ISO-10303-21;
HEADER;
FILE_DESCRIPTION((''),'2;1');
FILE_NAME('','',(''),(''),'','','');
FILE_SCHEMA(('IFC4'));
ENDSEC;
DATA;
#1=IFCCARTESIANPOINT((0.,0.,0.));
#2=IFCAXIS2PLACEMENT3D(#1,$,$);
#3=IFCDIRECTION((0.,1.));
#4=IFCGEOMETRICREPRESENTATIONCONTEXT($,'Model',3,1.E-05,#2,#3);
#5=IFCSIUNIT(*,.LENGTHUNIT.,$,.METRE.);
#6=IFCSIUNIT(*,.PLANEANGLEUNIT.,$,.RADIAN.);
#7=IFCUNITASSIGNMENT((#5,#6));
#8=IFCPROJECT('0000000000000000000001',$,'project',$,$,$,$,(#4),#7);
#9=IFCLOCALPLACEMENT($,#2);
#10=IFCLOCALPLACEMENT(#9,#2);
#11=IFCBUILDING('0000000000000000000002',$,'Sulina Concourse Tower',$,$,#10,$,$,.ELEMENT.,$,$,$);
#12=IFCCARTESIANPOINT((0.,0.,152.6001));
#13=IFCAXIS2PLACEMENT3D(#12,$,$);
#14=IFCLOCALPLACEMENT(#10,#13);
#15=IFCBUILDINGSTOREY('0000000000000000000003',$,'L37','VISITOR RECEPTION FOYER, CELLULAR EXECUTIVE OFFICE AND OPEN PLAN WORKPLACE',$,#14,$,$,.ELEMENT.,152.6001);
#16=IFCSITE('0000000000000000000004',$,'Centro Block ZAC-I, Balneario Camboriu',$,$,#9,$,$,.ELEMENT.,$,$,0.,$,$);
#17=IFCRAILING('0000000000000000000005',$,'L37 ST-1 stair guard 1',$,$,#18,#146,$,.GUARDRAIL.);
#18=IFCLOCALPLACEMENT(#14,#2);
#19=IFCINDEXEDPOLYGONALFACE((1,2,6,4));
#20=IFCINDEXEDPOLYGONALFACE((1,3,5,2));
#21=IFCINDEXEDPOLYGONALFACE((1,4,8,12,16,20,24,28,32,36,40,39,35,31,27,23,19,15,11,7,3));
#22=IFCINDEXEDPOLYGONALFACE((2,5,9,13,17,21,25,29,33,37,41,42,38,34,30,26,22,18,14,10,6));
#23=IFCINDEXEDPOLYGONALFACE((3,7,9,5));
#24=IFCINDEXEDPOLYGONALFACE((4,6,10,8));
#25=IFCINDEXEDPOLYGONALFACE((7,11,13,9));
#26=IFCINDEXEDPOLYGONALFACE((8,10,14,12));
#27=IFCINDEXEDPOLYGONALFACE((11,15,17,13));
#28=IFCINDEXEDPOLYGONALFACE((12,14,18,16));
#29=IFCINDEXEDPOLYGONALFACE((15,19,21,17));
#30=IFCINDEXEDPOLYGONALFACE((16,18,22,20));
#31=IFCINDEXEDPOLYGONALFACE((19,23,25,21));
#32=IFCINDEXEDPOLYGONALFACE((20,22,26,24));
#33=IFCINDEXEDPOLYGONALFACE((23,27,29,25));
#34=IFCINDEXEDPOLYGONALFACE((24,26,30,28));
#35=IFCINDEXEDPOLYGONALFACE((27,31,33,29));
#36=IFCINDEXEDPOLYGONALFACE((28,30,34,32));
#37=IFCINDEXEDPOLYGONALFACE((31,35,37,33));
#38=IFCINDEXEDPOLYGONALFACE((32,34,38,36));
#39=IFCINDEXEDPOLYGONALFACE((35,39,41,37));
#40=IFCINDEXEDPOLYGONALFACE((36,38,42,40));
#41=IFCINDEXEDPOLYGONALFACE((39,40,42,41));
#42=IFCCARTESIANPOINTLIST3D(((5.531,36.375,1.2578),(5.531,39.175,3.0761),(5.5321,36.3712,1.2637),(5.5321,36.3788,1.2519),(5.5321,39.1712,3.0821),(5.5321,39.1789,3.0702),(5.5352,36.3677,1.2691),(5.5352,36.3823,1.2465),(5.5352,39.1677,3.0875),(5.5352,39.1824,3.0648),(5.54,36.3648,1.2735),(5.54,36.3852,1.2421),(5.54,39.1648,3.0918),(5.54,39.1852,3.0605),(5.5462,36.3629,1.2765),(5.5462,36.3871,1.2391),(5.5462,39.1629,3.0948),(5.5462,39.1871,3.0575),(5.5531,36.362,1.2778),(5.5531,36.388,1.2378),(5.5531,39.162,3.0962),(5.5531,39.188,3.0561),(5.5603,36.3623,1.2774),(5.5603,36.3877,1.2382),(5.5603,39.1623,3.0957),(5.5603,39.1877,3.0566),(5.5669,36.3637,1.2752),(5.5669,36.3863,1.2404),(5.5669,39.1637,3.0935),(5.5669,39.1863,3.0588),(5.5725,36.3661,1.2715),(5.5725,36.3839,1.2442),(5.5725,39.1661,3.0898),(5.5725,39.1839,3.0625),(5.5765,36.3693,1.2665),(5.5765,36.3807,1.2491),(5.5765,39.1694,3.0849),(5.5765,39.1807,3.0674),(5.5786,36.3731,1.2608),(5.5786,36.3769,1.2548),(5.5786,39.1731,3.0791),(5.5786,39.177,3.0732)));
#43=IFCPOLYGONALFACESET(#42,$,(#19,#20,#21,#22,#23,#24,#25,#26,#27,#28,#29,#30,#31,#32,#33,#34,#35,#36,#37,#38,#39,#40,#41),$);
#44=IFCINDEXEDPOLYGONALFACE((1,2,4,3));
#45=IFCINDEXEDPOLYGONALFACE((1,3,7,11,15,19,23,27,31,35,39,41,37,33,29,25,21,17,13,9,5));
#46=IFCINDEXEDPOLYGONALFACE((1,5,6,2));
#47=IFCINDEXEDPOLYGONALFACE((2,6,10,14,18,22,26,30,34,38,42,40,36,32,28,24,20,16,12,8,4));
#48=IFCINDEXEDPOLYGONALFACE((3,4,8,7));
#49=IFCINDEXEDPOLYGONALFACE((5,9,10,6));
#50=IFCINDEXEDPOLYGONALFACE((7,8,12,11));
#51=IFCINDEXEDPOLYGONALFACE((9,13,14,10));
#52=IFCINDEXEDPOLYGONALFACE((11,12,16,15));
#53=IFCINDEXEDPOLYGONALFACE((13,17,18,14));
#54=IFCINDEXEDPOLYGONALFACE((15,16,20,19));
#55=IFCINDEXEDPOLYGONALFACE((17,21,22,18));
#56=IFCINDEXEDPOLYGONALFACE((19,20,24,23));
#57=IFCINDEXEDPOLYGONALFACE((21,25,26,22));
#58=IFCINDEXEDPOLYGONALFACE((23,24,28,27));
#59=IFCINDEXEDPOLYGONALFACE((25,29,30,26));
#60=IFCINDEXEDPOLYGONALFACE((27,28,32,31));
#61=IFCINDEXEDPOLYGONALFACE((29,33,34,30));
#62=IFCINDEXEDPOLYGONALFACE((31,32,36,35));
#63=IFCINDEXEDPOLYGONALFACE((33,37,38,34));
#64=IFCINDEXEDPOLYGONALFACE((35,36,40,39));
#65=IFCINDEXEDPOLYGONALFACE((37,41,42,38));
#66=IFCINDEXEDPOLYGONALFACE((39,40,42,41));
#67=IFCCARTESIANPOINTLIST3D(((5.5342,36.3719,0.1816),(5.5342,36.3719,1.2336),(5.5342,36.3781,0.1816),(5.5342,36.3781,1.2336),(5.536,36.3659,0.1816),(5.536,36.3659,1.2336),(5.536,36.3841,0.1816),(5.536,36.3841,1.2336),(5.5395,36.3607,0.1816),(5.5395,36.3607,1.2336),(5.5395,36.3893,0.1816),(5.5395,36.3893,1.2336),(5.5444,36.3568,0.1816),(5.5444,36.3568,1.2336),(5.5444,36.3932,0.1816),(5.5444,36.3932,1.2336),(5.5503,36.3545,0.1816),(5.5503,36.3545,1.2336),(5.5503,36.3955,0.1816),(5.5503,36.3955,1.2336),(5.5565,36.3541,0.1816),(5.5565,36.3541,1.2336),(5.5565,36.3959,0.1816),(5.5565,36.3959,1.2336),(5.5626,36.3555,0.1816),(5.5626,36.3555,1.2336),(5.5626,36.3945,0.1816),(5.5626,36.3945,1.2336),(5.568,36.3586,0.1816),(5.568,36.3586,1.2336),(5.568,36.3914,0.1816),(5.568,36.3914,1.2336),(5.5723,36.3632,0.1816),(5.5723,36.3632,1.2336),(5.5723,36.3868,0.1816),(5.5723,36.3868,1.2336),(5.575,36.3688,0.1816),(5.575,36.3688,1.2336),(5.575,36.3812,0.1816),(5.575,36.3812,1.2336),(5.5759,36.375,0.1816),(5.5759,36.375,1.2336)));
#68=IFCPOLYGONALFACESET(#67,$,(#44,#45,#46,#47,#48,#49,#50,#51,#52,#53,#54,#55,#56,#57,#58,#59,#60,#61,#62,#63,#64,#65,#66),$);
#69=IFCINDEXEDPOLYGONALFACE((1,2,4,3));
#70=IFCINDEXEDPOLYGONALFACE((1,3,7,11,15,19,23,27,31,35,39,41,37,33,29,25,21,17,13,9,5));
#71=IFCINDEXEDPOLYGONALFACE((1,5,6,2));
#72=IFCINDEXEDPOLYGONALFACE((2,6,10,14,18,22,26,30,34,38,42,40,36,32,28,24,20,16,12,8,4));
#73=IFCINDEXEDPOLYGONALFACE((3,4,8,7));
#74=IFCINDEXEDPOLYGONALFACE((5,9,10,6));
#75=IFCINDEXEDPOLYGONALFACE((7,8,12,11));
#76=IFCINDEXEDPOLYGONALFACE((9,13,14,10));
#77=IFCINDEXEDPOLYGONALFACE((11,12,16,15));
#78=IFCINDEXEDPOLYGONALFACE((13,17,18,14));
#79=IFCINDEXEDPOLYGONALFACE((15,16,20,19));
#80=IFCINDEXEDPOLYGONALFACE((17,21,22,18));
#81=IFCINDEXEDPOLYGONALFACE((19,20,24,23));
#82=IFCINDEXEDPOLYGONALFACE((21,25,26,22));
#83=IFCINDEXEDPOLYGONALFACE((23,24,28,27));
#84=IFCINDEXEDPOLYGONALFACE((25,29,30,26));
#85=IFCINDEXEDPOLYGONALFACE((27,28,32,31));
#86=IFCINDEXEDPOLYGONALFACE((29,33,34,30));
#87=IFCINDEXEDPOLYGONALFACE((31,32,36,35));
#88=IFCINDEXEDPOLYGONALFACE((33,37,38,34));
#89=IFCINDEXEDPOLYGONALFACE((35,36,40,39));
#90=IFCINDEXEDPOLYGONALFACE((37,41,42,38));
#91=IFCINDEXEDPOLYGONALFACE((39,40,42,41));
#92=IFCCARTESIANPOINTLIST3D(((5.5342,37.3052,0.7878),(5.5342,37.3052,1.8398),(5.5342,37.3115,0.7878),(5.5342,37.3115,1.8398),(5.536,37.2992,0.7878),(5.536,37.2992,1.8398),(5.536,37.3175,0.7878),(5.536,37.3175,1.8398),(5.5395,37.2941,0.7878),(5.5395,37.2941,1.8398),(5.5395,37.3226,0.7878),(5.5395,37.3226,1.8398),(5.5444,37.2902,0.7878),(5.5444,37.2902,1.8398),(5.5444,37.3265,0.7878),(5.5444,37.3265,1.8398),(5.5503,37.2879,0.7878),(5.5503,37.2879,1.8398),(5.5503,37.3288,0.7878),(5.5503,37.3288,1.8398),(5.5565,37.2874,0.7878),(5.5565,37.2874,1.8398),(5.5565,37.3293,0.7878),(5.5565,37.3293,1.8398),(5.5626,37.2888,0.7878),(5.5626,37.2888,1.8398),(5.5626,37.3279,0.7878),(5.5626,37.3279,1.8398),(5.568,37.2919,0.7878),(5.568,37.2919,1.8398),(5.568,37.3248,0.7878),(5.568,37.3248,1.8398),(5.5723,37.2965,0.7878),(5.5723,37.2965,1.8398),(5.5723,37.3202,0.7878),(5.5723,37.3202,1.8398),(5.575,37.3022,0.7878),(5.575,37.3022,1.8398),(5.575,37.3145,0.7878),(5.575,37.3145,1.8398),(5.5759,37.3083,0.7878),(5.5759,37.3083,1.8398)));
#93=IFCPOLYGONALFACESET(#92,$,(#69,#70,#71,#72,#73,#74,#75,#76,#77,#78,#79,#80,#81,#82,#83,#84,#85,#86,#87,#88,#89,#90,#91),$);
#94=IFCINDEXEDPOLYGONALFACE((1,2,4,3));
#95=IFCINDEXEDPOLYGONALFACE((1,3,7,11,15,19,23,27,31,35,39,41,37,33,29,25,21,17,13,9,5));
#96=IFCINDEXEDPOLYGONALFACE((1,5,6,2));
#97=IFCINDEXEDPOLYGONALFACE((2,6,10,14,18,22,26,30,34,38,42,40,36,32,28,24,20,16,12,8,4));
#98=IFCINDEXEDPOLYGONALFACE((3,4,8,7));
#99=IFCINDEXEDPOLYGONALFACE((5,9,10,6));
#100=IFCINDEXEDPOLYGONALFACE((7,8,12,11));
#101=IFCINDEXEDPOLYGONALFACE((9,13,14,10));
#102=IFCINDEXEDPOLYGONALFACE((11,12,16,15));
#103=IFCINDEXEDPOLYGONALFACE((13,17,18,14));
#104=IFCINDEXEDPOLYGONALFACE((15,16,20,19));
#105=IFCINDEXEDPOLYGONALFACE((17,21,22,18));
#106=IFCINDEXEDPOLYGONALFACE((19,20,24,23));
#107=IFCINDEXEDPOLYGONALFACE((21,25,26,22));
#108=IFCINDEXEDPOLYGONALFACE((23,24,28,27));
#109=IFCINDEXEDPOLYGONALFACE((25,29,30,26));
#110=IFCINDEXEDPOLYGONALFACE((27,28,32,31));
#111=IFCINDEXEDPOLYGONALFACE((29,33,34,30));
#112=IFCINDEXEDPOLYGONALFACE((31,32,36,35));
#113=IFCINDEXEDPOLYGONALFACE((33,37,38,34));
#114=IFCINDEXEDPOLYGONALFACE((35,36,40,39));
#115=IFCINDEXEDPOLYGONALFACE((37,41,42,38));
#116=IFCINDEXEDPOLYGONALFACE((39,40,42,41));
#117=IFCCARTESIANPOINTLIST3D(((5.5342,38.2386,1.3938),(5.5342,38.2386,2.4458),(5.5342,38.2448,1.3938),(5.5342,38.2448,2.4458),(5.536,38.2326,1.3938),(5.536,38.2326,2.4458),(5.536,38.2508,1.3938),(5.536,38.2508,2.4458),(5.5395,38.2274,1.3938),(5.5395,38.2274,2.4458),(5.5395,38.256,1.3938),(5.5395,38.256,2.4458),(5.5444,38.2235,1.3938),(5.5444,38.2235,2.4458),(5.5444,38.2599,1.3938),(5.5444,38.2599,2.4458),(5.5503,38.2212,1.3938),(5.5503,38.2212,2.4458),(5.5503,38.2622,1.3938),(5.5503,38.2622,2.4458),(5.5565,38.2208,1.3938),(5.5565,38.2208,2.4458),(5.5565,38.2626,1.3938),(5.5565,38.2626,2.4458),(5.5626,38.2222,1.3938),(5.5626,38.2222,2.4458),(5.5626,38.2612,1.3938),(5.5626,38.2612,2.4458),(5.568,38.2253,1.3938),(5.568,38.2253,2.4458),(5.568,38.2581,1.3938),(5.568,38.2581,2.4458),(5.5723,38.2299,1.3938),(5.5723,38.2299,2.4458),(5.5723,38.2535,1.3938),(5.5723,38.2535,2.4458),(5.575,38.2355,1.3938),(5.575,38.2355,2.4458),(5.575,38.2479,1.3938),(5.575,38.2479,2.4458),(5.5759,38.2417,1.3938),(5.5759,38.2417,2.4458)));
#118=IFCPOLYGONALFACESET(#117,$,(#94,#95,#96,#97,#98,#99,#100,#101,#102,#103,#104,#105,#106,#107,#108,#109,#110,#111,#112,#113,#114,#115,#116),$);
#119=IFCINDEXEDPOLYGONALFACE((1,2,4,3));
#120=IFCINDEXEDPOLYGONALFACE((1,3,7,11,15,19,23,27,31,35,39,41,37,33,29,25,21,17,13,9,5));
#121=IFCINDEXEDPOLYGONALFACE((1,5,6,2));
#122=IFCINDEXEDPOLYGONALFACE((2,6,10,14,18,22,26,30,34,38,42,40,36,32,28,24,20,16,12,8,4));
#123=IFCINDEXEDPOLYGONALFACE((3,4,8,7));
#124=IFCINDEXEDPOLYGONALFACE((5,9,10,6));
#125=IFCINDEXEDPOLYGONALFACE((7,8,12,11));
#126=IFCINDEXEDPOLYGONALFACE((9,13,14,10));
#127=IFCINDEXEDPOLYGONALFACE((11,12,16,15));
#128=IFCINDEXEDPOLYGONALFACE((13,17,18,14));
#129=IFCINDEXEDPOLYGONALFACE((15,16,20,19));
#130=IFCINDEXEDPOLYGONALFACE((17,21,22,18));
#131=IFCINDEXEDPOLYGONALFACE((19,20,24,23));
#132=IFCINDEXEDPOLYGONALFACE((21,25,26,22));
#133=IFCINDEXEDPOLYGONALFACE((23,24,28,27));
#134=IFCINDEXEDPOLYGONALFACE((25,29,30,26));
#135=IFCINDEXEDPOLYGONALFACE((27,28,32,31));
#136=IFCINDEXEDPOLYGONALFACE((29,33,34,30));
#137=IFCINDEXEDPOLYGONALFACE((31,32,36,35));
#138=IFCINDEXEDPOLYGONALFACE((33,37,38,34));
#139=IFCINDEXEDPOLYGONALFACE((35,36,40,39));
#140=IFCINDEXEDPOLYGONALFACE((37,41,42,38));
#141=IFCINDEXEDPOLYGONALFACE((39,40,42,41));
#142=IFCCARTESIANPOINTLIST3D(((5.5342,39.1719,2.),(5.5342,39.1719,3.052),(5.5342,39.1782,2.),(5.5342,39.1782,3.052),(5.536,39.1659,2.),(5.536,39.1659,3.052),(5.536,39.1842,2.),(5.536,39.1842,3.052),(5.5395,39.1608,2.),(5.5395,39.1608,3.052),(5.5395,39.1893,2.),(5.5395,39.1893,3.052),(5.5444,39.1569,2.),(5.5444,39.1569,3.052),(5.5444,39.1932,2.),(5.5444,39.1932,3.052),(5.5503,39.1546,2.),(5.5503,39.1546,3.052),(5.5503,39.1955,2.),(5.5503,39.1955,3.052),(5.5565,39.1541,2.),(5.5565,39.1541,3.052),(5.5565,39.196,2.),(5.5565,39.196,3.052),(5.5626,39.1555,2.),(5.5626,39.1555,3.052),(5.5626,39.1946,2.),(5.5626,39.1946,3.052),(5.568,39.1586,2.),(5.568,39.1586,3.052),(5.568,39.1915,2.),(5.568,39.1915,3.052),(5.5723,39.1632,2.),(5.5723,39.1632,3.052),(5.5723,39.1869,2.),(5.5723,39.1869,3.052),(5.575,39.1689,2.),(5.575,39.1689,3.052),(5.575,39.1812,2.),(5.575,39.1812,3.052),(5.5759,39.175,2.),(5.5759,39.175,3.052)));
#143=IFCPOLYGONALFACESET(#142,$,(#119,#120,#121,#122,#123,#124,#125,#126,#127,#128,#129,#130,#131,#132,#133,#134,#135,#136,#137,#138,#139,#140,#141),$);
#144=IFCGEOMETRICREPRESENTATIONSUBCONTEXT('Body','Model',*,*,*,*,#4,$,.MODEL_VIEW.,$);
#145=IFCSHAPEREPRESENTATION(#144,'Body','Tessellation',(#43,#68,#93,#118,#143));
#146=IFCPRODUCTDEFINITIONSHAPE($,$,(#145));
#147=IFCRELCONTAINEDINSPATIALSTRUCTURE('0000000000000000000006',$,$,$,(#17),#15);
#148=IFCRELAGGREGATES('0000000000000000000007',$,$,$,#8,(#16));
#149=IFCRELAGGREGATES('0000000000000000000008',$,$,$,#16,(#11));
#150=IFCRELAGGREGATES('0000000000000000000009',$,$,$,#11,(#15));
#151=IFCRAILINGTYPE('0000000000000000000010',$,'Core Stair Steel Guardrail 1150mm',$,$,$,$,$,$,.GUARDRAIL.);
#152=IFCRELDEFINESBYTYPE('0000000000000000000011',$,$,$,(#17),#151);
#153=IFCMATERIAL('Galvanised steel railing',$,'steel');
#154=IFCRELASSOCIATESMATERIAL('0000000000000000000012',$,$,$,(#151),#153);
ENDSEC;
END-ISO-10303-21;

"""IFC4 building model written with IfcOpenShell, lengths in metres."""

from ifc_helpers import new_model, si_unit, direction, frame, origin, origin_2d, place, context, subcontext, project, spatial, circle, extrude, material, type_object, element, save


model = new_model("IFC4")

# Units and contexts
model_context = context("Model", 3, precision=1e-05, world=origin(), true_north=direction((0.0, 1.0)))
body_context = subcontext(model_context, "Body", "Model", "MODEL_VIEW")
ifc_project = project(units=[si_unit("LENGTHUNIT", "METRE"), si_unit("PLANEANGLEUNIT", "RADIAN")], contexts=[model_context])

# Site, building, storey
site_placement = place(None, origin())
site = spatial("IfcSite", under=ifc_project, at=site_placement, Name="Centro Block ZAC-I, Balneario Camboriu", CompositionType="ELEMENT", RefElevation=0.0)
building_placement = place(site_placement, origin())
building = spatial("IfcBuilding", under=site, at=building_placement, Name="Sulina Concourse Tower", CompositionType="ELEMENT")
storey_placement = place(building_placement, frame((0.0, 0.0, 152.6001)))
storey = spatial("IfcBuildingStorey", under=building, at=storey_placement, Name="L37", Description="VISITOR RECEPTION FOYER, CELLULAR EXECUTIVE OFFICE AND OPEN PLAN WORKPLACE", CompositionType="ELEMENT", Elevation=152.6001)

# Railing
ifc_material_1 = material(Name="Galvanised steel railing", Category="steel")
railing_type_1 = type_object("IfcRailingType", Name="Core Stair Steel Guardrail 1150mm", PredefinedType="GUARDRAIL", material=ifc_material_1)
railing_1_placement = place(storey_placement, frame((5.5549, 36.375, 0.1816)))
element("IfcRailing", 1, at=railing_1_placement, inside=storey, type_object=railing_type_1, Name="L37 ST-1 stair guard 1", PredefinedType="GUARDRAIL", context=body_context, shape_type="SweptSolid", body=[
    extrude(circle(Radius=0.0239, at=origin_2d()), frame((0.0, 0.0, 1.0762), z_axis=(0.0, 0.838672, 0.544636), x_axis=(-1.0, 0.0, 0.0)), (0.0, 0.0, 1.0), 3.3386),
    extrude(circle(Radius=0.021, at=origin_2d()), origin(), (0.0, 0.0, 1.0), 1.052),
    extrude(circle(Radius=0.021, at=origin_2d()), frame((0.0, 0.9333, 0.6062)), (0.0, 0.0, 1.0), 1.052),
    extrude(circle(Radius=0.021, at=origin_2d()), frame((0.0, 1.8667, 1.2122)), (0.0, 0.0, 1.0), 1.052),
    extrude(circle(Radius=0.021, at=origin_2d()), frame((0.0, 2.8, 1.8184)), (0.0, 0.0, 1.0), 1.052),
])

save(model, "model.ifc")
